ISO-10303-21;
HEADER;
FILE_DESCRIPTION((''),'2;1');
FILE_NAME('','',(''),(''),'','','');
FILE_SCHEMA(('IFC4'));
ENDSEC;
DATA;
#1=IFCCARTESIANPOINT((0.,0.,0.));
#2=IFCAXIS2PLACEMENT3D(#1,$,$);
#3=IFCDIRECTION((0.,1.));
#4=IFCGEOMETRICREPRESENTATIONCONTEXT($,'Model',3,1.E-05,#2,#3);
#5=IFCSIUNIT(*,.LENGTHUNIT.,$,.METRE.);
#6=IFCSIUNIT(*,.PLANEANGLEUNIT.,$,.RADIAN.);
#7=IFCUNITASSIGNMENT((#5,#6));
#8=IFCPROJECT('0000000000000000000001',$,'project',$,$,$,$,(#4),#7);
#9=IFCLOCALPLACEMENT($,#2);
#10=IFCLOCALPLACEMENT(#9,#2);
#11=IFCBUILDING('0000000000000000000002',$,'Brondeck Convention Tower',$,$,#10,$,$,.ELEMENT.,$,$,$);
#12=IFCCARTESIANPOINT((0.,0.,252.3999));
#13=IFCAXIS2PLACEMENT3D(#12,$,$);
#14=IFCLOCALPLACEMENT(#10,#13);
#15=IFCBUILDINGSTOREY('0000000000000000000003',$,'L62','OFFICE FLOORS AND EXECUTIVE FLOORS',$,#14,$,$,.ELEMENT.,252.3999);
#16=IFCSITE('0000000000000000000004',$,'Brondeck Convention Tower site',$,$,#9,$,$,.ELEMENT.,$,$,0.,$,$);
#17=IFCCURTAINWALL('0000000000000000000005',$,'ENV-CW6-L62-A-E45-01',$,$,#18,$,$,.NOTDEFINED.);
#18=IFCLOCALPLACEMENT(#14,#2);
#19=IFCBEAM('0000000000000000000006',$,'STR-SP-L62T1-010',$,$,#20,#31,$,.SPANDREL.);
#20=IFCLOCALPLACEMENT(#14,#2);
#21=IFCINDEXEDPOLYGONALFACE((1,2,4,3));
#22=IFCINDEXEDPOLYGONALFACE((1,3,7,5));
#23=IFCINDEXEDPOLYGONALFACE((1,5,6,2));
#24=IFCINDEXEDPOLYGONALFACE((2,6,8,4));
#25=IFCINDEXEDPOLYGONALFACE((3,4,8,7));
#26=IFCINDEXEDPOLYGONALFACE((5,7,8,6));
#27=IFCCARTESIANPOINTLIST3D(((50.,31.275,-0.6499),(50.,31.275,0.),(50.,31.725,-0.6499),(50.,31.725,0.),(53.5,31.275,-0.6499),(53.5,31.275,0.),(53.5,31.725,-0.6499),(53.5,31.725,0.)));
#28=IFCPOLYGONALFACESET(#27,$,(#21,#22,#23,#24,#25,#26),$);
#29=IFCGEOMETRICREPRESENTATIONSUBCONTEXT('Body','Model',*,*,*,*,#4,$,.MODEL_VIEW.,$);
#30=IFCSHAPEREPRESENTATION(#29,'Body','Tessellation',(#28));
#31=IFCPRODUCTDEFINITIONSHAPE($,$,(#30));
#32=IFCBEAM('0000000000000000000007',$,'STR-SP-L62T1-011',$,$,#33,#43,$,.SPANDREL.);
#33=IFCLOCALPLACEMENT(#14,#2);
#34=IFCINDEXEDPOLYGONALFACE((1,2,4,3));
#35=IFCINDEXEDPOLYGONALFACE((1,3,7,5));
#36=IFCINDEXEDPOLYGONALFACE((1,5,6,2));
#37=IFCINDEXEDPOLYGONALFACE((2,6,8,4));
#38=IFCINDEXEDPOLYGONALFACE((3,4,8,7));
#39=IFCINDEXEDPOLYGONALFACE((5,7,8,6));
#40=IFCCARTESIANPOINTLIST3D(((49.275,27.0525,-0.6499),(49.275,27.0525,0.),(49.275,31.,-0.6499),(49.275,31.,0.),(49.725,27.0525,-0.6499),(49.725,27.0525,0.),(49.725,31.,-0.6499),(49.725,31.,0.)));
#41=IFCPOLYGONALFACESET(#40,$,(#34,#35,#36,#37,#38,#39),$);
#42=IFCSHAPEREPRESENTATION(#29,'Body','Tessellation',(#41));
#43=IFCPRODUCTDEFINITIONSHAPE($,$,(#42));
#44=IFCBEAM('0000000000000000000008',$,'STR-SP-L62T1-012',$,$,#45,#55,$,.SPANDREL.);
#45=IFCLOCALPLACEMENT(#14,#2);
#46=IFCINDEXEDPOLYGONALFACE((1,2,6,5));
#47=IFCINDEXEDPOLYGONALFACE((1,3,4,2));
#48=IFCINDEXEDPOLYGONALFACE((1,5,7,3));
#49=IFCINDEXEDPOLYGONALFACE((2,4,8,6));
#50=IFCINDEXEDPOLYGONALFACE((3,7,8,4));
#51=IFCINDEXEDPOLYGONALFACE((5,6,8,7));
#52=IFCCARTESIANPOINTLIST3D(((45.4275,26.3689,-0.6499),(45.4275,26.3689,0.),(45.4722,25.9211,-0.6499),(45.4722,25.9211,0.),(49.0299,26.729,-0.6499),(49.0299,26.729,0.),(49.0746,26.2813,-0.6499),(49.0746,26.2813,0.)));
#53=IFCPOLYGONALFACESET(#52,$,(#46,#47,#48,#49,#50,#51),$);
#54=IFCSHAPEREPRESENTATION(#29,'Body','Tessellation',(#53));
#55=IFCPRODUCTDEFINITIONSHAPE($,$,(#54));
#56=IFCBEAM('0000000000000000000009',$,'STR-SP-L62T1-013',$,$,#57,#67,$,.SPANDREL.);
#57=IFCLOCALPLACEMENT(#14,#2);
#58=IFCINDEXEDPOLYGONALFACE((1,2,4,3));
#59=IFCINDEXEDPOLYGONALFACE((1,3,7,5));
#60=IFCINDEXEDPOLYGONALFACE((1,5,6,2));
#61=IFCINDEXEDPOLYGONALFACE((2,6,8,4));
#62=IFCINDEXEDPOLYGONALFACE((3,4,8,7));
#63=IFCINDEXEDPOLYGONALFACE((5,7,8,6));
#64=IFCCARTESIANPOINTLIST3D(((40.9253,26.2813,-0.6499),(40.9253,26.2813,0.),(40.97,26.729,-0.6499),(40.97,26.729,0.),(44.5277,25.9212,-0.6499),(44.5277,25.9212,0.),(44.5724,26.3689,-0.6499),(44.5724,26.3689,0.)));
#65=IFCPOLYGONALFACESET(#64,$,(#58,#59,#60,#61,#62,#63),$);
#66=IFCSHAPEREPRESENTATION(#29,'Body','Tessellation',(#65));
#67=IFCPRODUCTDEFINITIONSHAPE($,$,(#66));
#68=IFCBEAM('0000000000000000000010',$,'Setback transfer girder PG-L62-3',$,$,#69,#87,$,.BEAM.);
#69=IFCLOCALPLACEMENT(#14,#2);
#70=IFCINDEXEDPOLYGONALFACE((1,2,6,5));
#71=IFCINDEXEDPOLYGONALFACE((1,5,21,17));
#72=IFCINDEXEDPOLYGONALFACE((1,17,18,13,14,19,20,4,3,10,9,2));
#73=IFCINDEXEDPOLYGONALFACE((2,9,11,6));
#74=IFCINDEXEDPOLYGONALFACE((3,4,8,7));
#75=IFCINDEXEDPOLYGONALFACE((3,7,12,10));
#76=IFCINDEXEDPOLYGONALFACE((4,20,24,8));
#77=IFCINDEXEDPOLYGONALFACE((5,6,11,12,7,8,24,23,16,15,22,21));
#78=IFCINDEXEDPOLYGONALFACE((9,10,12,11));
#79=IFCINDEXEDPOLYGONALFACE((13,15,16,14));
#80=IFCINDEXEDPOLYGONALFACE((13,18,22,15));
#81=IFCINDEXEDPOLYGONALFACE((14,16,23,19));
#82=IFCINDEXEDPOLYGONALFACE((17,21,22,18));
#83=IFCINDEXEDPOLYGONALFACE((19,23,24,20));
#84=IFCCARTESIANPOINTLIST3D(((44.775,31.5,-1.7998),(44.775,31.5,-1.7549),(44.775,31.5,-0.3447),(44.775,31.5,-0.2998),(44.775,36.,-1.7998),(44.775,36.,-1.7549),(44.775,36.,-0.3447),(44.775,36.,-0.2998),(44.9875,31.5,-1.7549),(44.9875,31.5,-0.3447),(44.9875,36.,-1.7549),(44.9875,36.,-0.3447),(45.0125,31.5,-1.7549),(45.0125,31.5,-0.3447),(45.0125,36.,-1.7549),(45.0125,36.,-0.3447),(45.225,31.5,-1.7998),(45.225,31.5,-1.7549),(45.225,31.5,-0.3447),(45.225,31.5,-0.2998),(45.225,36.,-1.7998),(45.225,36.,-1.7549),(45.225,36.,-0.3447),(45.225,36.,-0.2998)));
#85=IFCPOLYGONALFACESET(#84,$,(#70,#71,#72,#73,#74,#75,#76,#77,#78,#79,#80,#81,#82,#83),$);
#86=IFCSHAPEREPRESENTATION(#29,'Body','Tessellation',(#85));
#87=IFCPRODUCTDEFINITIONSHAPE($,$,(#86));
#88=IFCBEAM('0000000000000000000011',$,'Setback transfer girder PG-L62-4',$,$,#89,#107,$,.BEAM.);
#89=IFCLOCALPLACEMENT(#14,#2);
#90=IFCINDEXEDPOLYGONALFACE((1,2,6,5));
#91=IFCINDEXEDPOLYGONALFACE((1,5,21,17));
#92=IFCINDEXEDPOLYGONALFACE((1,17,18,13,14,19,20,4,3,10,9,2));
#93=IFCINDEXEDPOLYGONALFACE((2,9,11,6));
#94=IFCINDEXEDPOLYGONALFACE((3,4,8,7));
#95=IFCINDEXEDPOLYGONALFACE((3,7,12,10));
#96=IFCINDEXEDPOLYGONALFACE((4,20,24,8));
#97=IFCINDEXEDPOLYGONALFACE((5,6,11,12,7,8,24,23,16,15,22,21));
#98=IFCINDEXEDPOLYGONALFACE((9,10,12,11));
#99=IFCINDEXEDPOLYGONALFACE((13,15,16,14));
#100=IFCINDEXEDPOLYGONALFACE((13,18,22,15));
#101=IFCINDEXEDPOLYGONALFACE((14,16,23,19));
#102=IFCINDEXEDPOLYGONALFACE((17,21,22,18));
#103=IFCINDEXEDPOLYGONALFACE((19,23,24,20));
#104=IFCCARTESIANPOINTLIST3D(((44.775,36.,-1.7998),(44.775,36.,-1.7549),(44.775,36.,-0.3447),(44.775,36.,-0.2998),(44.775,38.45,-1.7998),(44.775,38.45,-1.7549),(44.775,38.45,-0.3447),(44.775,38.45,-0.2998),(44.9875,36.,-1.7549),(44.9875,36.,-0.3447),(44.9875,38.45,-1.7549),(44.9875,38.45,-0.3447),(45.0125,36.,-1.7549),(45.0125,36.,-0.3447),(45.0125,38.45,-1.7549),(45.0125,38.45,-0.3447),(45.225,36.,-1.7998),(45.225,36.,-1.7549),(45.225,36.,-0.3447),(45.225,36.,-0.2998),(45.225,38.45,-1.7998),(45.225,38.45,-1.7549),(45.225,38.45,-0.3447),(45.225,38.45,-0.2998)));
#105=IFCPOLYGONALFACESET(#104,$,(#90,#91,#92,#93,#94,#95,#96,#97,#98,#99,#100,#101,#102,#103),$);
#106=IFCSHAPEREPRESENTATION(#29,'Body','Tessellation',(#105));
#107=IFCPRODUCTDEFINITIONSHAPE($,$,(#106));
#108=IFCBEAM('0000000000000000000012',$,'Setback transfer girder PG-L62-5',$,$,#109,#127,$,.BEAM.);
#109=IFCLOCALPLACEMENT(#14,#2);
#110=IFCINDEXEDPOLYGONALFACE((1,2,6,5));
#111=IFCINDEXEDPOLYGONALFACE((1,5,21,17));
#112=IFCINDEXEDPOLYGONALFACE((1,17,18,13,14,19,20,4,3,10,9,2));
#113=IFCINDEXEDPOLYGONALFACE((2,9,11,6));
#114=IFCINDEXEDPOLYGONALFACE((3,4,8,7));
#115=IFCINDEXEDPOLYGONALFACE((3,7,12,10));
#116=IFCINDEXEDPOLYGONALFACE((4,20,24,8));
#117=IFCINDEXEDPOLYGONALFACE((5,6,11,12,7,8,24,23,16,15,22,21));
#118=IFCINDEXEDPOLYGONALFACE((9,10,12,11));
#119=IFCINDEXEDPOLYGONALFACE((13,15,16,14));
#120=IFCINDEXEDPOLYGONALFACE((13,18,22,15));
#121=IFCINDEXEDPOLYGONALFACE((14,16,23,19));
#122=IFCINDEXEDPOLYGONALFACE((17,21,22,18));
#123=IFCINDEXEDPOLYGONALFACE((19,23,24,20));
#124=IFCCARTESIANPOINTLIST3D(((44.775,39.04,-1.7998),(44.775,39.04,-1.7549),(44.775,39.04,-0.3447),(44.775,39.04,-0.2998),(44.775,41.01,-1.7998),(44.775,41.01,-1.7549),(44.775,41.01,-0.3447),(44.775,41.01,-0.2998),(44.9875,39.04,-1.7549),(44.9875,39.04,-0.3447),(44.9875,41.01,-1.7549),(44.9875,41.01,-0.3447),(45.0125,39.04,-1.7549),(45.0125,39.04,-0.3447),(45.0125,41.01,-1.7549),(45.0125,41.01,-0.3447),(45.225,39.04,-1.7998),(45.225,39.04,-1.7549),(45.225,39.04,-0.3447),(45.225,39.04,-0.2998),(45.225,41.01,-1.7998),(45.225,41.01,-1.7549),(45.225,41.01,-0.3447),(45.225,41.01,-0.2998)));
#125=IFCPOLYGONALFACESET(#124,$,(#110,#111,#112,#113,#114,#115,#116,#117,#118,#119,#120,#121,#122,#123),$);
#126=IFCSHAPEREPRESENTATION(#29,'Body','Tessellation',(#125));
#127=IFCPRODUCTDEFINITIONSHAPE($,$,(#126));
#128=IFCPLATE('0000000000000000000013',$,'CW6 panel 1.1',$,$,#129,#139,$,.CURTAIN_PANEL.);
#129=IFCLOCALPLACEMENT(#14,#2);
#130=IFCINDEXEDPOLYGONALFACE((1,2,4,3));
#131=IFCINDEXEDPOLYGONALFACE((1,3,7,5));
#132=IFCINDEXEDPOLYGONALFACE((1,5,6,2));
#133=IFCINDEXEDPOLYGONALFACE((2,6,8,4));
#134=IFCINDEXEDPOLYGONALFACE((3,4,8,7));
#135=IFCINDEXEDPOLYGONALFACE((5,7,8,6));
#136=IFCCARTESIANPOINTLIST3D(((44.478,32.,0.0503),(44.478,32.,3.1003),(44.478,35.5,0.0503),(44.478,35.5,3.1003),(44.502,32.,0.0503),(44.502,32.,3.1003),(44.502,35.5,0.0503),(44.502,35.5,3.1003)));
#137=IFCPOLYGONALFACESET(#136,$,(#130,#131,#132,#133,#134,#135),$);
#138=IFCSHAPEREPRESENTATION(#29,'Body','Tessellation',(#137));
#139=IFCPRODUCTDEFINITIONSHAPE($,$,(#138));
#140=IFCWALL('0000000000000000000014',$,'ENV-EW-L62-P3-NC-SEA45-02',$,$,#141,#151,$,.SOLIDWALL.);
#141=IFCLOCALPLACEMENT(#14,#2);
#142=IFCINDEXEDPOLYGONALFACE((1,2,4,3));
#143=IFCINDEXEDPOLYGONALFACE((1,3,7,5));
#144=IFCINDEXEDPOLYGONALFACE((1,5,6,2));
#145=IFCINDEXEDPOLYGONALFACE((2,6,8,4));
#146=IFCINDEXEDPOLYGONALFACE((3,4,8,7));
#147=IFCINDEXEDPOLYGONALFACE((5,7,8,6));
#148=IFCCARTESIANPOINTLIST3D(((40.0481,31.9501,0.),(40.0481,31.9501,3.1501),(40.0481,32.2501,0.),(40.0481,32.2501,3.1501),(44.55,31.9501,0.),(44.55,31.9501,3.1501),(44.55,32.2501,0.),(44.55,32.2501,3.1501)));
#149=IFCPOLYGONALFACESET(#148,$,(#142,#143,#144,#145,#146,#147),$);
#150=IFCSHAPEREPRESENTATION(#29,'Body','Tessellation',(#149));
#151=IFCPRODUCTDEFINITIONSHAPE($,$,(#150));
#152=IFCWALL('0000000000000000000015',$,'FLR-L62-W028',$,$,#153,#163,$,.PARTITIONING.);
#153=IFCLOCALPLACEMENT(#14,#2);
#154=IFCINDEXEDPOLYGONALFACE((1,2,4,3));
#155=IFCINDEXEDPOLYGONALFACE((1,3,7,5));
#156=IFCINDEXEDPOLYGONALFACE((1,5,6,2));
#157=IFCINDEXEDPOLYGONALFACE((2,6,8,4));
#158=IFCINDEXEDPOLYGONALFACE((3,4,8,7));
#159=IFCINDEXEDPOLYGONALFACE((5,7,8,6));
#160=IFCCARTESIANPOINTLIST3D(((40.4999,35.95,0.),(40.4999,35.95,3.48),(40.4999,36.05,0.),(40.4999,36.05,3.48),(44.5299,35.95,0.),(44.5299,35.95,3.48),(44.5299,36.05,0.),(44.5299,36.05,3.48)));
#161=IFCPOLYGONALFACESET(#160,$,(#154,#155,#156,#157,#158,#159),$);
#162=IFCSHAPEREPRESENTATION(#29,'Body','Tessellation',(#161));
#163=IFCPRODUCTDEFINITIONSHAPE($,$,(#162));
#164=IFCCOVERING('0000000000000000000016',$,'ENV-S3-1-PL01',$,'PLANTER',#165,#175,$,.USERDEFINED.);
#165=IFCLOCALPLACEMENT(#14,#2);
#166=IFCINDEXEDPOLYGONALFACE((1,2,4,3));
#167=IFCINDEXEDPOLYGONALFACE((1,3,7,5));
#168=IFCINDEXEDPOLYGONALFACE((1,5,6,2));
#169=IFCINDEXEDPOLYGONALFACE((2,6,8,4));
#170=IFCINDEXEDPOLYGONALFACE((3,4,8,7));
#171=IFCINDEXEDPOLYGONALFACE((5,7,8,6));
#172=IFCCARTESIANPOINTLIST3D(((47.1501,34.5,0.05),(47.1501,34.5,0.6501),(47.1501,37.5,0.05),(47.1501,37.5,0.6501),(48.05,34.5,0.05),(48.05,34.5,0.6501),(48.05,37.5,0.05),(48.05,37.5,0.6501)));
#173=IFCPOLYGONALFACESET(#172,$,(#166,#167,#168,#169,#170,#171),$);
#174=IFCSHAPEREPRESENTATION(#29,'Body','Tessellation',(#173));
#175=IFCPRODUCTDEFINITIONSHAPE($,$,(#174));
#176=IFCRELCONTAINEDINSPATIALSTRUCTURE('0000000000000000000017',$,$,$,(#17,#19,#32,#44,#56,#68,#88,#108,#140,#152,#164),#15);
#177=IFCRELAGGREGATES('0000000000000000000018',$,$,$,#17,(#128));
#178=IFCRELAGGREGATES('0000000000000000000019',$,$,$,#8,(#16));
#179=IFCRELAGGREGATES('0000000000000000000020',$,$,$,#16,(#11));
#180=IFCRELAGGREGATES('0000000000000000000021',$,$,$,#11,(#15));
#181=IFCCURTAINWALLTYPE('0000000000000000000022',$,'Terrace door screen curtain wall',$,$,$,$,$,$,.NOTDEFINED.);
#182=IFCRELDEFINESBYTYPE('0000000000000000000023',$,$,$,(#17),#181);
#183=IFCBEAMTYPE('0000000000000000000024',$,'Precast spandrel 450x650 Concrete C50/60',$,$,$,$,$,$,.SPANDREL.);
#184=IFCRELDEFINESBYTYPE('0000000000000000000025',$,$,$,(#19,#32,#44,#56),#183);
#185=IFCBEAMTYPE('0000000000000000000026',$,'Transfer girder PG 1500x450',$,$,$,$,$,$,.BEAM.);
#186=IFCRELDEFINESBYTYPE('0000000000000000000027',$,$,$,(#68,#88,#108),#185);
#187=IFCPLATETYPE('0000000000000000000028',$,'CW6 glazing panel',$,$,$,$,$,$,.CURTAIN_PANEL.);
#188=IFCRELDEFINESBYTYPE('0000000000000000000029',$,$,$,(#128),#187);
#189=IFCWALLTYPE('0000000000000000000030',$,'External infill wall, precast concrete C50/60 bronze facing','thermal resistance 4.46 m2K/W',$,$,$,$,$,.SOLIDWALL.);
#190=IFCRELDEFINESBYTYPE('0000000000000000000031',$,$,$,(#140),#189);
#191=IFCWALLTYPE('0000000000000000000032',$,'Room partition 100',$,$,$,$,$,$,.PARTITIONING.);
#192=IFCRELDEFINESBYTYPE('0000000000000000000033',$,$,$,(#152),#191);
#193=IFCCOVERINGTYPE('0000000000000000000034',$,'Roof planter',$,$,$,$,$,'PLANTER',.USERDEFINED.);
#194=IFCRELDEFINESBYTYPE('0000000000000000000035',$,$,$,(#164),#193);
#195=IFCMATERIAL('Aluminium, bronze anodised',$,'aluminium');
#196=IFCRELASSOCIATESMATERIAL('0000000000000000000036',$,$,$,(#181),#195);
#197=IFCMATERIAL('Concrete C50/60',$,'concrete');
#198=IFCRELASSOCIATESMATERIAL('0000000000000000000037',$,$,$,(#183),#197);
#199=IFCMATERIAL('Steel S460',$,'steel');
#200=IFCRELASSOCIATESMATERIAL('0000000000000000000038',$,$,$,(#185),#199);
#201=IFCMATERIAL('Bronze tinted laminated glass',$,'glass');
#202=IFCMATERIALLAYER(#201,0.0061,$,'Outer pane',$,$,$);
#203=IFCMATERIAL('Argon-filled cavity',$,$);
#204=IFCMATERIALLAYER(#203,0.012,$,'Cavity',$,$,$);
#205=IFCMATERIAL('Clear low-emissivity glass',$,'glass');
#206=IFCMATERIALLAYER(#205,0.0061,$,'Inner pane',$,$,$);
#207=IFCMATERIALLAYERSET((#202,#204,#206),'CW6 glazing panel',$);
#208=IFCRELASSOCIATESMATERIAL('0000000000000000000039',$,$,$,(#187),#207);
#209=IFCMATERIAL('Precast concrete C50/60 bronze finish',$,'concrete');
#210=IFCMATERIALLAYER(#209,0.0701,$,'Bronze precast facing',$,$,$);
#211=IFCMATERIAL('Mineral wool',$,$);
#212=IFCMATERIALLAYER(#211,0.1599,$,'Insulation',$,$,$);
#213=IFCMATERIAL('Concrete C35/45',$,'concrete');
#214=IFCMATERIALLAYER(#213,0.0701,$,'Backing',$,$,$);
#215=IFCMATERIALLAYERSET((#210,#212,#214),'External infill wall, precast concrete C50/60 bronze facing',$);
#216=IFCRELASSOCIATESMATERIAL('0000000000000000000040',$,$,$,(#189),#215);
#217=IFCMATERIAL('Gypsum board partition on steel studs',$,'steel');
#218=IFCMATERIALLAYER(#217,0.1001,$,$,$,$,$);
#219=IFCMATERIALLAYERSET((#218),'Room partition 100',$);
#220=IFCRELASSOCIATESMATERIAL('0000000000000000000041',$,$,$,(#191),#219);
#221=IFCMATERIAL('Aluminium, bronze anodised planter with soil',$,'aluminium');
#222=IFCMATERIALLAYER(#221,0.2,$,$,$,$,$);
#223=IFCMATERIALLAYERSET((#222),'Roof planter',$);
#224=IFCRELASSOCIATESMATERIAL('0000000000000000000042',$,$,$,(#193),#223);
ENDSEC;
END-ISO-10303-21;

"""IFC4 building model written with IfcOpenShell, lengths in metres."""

from ifc_helpers import new_model, si_unit, direction, frame, frame_2d, origin, origin_2d, place, context, subcontext, project, spatial, rectangle, i_section, extrude, material, layer, layer_set, material_profile, profile_set, type_object, element, aggregate, save


model = new_model("IFC4")

# Units and contexts
model_context = context("Model", 3, precision=1e-05, world=origin(), true_north=direction((0.0, 1.0)))
body_context = subcontext(model_context, "Body", "Model", "MODEL_VIEW")
ifc_project = project(units=[si_unit("LENGTHUNIT", "METRE"), si_unit("PLANEANGLEUNIT", "RADIAN")], contexts=[model_context])

# Site, building, storey
site_placement = place(None, origin())
site = spatial("IfcSite", under=ifc_project, at=site_placement, Name="Brondeck Convention Tower site", CompositionType="ELEMENT", RefElevation=0.0)
building_placement = place(site_placement, origin())
building = spatial("IfcBuilding", under=site, at=building_placement, Name="Brondeck Convention Tower", CompositionType="ELEMENT")
storey_placement = place(building_placement, frame((0.0, 0.0, 252.3999)))
storey = spatial("IfcBuildingStorey", under=building, at=storey_placement, Name="L62", Description="OFFICE FLOORS AND EXECUTIVE FLOORS", CompositionType="ELEMENT", Elevation=252.3999)

# Shared definitions
ifc_material_1 = material(Name="Concrete C50/60", Category="concrete")

# Curtain wall
ifc_material_2 = material(Name="Aluminium, bronze anodised", Category="aluminium")
curtain_wall_type = type_object("IfcCurtainWallType", Name="Terrace door screen curtain wall", PredefinedType="NOTDEFINED", material=ifc_material_2)
curtain_wall_placement = place(storey_placement, origin())
curtain_wall = element("IfcCurtainWall", 1, at=curtain_wall_placement, inside=storey, type_object=curtain_wall_type, Name="ENV-CW6-L62-A-E45-01", PredefinedType="NOTDEFINED")

# Beams
ifc_material_profile_1 = material_profile(ifc_material_1, rectangle(XDim=0.45, YDim=0.6499, at=origin_2d()), Name="Precast spandrel 450x650 Concrete C50/60")
ifc_profile_set_1 = profile_set([ifc_material_profile_1], Name="Concrete C50/60")
beam_type_1 = type_object("IfcBeamType", Name="Precast spandrel 450x650 Concrete C50/60", PredefinedType="SPANDREL", material=ifc_profile_set_1)
beam_1_placement = place(storey_placement, frame((53.5, 31.5, -0.325), z_axis=(-1.0, 0.0, 0.0), x_axis=(0.0, -1.0, 0.0)))
element("IfcBeam", 2, at=beam_1_placement, inside=storey, type_object=beam_type_1, Name="STR-SP-L62T1-010", PredefinedType="SPANDREL", context=body_context, shape_type="SweptSolid", body=[
    extrude(rectangle(XDim=0.45, YDim=0.6499, at=origin_2d()), origin(), (0.0, 0.0, 1.0), 3.5),
])
beam_2_placement = place(storey_placement, frame((49.5, 31.0, -0.325), z_axis=(0.0, -1.0, 0.0), x_axis=(1.0, 0.0, 0.0)))
element("IfcBeam", 3, at=beam_2_placement, inside=storey, type_object=beam_type_1, Name="STR-SP-L62T1-011", PredefinedType="SPANDREL", context=body_context, shape_type="SweptSolid", body=[
    extrude(rectangle(XDim=0.45, YDim=0.6499, at=origin_2d()), origin(), (0.0, 0.0, 1.0), 3.9475),
])
for number, where, z_axis, x_axis, name in (
    (4, (49.0522, 26.5051, -0.325), (-0.995041, -0.09947, 0.0), (0.09947, -0.995041, 0.0), "STR-SP-L62T1-012"),
    (5, (44.55, 26.145, -0.325), (-0.995041, 0.09947, 0.0), (-0.09947, -0.995041, 0.0), "STR-SP-L62T1-013"),
):
    element("IfcBeam", number, at=place(storey_placement, frame(where, z_axis=z_axis, x_axis=x_axis)), inside=storey, type_object=beam_type_1, Name=name, PredefinedType="SPANDREL", context=body_context, shape_type="SweptSolid", body=[
        extrude(rectangle(XDim=0.45, YDim=0.6499, at=origin_2d()), origin(), (0.0, 0.0, 1.0), 3.6204),
    ])
ifc_material_3 = material(Name="Steel S460", Category="steel")
ifc_material_profile_2 = material_profile(ifc_material_3, i_section(OverallWidth=0.45, OverallDepth=1.5, WebThickness=0.0249, FlangeThickness=0.0449, at=origin_2d()), Name="PG 1500x450")
ifc_profile_set_2 = profile_set([ifc_material_profile_2], Name="Steel S460")
beam_type_2 = type_object("IfcBeamType", Name="Transfer girder PG 1500x450", PredefinedType="BEAM", material=ifc_profile_set_2)
beam_3_placement = place(storey_placement, frame((45.0, 31.5, -1.0498), z_axis=(0.0, 1.0, 0.0), x_axis=(-1.0, 0.0, 0.0)))
element("IfcBeam", 6, at=beam_3_placement, inside=storey, type_object=beam_type_2, Name="Setback transfer girder PG-L62-3", PredefinedType="BEAM", context=body_context, shape_type="SweptSolid", body=[
    extrude(i_section(OverallWidth=0.45, OverallDepth=1.5, WebThickness=0.0249, FlangeThickness=0.0449, at=origin_2d()), origin(), (0.0, 0.0, 1.0), 4.5),
])
beam_4_placement = place(storey_placement, frame((45.0, 36.0, -1.0498), z_axis=(0.0, 1.0, 0.0), x_axis=(-1.0, 0.0, 0.0)))
element("IfcBeam", 7, at=beam_4_placement, inside=storey, type_object=beam_type_2, Name="Setback transfer girder PG-L62-4", PredefinedType="BEAM", context=body_context, shape_type="SweptSolid", body=[
    extrude(i_section(OverallWidth=0.45, OverallDepth=1.5, WebThickness=0.0249, FlangeThickness=0.0449, at=origin_2d()), origin(), (0.0, 0.0, 1.0), 2.45),
])
beam_5_placement = place(storey_placement, frame((45.0, 39.04, -1.0498), z_axis=(0.0, 1.0, 0.0), x_axis=(-1.0, 0.0, 0.0)))
element("IfcBeam", 8, at=beam_5_placement, inside=storey, type_object=beam_type_2, Name="Setback transfer girder PG-L62-5", PredefinedType="BEAM", context=body_context, shape_type="SweptSolid", body=[
    extrude(i_section(OverallWidth=0.45, OverallDepth=1.5, WebThickness=0.0249, FlangeThickness=0.0449, at=origin_2d()), origin(), (0.0, 0.0, 1.0), 1.97),
])

# Plate
ifc_material_4 = material(Name="Bronze tinted laminated glass", Category="glass")
ifc_layer_1 = layer(ifc_material_4, 0.0061, Name="Outer pane")
ifc_material_5 = material(Name="Argon-filled cavity")
ifc_layer_2 = layer(ifc_material_5, 0.012, Name="Cavity")
ifc_material_6 = material(Name="Clear low-emissivity glass", Category="glass")
ifc_layer_3 = layer(ifc_material_6, 0.0061, Name="Inner pane")
ifc_layer_set_1 = layer_set([ifc_layer_1, ifc_layer_2, ifc_layer_3], Name="CW6 glazing panel")
plate_type = type_object("IfcPlateType", Name="CW6 glazing panel", PredefinedType="CURTAIN_PANEL", material=ifc_layer_set_1)
plate_placement = place(storey_placement, frame((44.49, 33.75, 0.0503), z_axis=(0.0, 0.0, 1.0), x_axis=(0.0, -1.0, 0.0)))
plate = element("IfcPlate", 9, at=plate_placement, type_object=plate_type, Name="CW6 panel 1.1", PredefinedType="CURTAIN_PANEL", context=body_context, shape_type="SweptSolid", body=[
    extrude(rectangle(XDim=3.5, YDim=0.0239, at=origin_2d()), origin(), (0.0, 0.0, 1.0), 3.05),
])
aggregate(curtain_wall, [plate])

# Walls
ifc_material_7 = material(Name="Precast concrete C50/60 bronze finish", Category="concrete")
ifc_layer_4 = layer(ifc_material_7, 0.0701, Name="Bronze precast facing")
ifc_material_8 = material(Name="Mineral wool")
ifc_layer_5 = layer(ifc_material_8, 0.1599, Name="Insulation")
ifc_material_9 = material(Name="Concrete C35/45", Category="concrete")
ifc_layer_6 = layer(ifc_material_9, 0.0701, Name="Backing")
ifc_layer_set_2 = layer_set([ifc_layer_4, ifc_layer_5, ifc_layer_6], Name="External infill wall, precast concrete C50/60 bronze facing")
wall_type_1 = type_object("IfcWallType", Name="External infill wall, precast concrete C50/60 bronze facing", Description="thermal resistance 4.46 m2K/W", PredefinedType="SOLIDWALL", material=ifc_layer_set_2)
wall_1_placement = place(storey_placement, frame((44.55, 32.1001, 0.0), z_axis=(0.0, 0.0, 1.0), x_axis=(-1.0, 0.0, 0.0)))
element("IfcWall", 10, at=wall_1_placement, inside=storey, type_object=wall_type_1, Name="ENV-EW-L62-P3-NC-SEA45-02", PredefinedType="SOLIDWALL", context=body_context, shape_type="SweptSolid", body=[
    extrude(rectangle(XDim=4.502, YDim=0.3, at=frame_2d((2.251, 0.0))), origin(), (0.0, 0.0, 1.0), 3.1501),
])
ifc_material_10 = material(Name="Gypsum board partition on steel studs", Category="steel")
ifc_layer_7 = layer(ifc_material_10, 0.1001)
ifc_layer_set_3 = layer_set([ifc_layer_7], Name="Room partition 100")
wall_type_2 = type_object("IfcWallType", Name="Room partition 100", PredefinedType="PARTITIONING", material=ifc_layer_set_3)
wall_2_placement = place(storey_placement, frame((44.53, 36.0, 0.0), z_axis=(0.0, 0.0, 1.0), x_axis=(-1.0, 0.0, 0.0)))
element("IfcWall", 11, at=wall_2_placement, inside=storey, type_object=wall_type_2, Name="FLR-L62-W028", PredefinedType="PARTITIONING", context=body_context, shape_type="SweptSolid", body=[
    extrude(rectangle(XDim=4.03, YDim=0.1001, at=frame_2d((2.0151, 0.0))), origin(), (0.0, 0.0, 1.0), 3.48),
])

# Covering
ifc_material_11 = material(Name="Aluminium, bronze anodised planter with soil", Category="aluminium")
ifc_layer_8 = layer(ifc_material_11, 0.2)
ifc_layer_set_4 = layer_set([ifc_layer_8], Name="Roof planter")
covering_type = type_object("IfcCoveringType", Name="Roof planter", ElementType="PLANTER", PredefinedType="USERDEFINED", material=ifc_layer_set_4)
covering_placement = place(storey_placement, frame((47.6001, 36.0, 0.05), z_axis=(0.0, 0.0, 1.0), x_axis=(0.0, 1.0, 0.0)))
element("IfcCovering", 12, at=covering_placement, inside=storey, type_object=covering_type, Name="ENV-S3-1-PL01", ObjectType="PLANTER", PredefinedType="USERDEFINED", context=body_context, shape_type="SweptSolid", body=[
    extrude(rectangle(XDim=3.0, YDim=0.8999, at=origin_2d()), origin(), (0.0, 0.0, 1.0), 0.6001),
])

save(model, "model.ifc")
